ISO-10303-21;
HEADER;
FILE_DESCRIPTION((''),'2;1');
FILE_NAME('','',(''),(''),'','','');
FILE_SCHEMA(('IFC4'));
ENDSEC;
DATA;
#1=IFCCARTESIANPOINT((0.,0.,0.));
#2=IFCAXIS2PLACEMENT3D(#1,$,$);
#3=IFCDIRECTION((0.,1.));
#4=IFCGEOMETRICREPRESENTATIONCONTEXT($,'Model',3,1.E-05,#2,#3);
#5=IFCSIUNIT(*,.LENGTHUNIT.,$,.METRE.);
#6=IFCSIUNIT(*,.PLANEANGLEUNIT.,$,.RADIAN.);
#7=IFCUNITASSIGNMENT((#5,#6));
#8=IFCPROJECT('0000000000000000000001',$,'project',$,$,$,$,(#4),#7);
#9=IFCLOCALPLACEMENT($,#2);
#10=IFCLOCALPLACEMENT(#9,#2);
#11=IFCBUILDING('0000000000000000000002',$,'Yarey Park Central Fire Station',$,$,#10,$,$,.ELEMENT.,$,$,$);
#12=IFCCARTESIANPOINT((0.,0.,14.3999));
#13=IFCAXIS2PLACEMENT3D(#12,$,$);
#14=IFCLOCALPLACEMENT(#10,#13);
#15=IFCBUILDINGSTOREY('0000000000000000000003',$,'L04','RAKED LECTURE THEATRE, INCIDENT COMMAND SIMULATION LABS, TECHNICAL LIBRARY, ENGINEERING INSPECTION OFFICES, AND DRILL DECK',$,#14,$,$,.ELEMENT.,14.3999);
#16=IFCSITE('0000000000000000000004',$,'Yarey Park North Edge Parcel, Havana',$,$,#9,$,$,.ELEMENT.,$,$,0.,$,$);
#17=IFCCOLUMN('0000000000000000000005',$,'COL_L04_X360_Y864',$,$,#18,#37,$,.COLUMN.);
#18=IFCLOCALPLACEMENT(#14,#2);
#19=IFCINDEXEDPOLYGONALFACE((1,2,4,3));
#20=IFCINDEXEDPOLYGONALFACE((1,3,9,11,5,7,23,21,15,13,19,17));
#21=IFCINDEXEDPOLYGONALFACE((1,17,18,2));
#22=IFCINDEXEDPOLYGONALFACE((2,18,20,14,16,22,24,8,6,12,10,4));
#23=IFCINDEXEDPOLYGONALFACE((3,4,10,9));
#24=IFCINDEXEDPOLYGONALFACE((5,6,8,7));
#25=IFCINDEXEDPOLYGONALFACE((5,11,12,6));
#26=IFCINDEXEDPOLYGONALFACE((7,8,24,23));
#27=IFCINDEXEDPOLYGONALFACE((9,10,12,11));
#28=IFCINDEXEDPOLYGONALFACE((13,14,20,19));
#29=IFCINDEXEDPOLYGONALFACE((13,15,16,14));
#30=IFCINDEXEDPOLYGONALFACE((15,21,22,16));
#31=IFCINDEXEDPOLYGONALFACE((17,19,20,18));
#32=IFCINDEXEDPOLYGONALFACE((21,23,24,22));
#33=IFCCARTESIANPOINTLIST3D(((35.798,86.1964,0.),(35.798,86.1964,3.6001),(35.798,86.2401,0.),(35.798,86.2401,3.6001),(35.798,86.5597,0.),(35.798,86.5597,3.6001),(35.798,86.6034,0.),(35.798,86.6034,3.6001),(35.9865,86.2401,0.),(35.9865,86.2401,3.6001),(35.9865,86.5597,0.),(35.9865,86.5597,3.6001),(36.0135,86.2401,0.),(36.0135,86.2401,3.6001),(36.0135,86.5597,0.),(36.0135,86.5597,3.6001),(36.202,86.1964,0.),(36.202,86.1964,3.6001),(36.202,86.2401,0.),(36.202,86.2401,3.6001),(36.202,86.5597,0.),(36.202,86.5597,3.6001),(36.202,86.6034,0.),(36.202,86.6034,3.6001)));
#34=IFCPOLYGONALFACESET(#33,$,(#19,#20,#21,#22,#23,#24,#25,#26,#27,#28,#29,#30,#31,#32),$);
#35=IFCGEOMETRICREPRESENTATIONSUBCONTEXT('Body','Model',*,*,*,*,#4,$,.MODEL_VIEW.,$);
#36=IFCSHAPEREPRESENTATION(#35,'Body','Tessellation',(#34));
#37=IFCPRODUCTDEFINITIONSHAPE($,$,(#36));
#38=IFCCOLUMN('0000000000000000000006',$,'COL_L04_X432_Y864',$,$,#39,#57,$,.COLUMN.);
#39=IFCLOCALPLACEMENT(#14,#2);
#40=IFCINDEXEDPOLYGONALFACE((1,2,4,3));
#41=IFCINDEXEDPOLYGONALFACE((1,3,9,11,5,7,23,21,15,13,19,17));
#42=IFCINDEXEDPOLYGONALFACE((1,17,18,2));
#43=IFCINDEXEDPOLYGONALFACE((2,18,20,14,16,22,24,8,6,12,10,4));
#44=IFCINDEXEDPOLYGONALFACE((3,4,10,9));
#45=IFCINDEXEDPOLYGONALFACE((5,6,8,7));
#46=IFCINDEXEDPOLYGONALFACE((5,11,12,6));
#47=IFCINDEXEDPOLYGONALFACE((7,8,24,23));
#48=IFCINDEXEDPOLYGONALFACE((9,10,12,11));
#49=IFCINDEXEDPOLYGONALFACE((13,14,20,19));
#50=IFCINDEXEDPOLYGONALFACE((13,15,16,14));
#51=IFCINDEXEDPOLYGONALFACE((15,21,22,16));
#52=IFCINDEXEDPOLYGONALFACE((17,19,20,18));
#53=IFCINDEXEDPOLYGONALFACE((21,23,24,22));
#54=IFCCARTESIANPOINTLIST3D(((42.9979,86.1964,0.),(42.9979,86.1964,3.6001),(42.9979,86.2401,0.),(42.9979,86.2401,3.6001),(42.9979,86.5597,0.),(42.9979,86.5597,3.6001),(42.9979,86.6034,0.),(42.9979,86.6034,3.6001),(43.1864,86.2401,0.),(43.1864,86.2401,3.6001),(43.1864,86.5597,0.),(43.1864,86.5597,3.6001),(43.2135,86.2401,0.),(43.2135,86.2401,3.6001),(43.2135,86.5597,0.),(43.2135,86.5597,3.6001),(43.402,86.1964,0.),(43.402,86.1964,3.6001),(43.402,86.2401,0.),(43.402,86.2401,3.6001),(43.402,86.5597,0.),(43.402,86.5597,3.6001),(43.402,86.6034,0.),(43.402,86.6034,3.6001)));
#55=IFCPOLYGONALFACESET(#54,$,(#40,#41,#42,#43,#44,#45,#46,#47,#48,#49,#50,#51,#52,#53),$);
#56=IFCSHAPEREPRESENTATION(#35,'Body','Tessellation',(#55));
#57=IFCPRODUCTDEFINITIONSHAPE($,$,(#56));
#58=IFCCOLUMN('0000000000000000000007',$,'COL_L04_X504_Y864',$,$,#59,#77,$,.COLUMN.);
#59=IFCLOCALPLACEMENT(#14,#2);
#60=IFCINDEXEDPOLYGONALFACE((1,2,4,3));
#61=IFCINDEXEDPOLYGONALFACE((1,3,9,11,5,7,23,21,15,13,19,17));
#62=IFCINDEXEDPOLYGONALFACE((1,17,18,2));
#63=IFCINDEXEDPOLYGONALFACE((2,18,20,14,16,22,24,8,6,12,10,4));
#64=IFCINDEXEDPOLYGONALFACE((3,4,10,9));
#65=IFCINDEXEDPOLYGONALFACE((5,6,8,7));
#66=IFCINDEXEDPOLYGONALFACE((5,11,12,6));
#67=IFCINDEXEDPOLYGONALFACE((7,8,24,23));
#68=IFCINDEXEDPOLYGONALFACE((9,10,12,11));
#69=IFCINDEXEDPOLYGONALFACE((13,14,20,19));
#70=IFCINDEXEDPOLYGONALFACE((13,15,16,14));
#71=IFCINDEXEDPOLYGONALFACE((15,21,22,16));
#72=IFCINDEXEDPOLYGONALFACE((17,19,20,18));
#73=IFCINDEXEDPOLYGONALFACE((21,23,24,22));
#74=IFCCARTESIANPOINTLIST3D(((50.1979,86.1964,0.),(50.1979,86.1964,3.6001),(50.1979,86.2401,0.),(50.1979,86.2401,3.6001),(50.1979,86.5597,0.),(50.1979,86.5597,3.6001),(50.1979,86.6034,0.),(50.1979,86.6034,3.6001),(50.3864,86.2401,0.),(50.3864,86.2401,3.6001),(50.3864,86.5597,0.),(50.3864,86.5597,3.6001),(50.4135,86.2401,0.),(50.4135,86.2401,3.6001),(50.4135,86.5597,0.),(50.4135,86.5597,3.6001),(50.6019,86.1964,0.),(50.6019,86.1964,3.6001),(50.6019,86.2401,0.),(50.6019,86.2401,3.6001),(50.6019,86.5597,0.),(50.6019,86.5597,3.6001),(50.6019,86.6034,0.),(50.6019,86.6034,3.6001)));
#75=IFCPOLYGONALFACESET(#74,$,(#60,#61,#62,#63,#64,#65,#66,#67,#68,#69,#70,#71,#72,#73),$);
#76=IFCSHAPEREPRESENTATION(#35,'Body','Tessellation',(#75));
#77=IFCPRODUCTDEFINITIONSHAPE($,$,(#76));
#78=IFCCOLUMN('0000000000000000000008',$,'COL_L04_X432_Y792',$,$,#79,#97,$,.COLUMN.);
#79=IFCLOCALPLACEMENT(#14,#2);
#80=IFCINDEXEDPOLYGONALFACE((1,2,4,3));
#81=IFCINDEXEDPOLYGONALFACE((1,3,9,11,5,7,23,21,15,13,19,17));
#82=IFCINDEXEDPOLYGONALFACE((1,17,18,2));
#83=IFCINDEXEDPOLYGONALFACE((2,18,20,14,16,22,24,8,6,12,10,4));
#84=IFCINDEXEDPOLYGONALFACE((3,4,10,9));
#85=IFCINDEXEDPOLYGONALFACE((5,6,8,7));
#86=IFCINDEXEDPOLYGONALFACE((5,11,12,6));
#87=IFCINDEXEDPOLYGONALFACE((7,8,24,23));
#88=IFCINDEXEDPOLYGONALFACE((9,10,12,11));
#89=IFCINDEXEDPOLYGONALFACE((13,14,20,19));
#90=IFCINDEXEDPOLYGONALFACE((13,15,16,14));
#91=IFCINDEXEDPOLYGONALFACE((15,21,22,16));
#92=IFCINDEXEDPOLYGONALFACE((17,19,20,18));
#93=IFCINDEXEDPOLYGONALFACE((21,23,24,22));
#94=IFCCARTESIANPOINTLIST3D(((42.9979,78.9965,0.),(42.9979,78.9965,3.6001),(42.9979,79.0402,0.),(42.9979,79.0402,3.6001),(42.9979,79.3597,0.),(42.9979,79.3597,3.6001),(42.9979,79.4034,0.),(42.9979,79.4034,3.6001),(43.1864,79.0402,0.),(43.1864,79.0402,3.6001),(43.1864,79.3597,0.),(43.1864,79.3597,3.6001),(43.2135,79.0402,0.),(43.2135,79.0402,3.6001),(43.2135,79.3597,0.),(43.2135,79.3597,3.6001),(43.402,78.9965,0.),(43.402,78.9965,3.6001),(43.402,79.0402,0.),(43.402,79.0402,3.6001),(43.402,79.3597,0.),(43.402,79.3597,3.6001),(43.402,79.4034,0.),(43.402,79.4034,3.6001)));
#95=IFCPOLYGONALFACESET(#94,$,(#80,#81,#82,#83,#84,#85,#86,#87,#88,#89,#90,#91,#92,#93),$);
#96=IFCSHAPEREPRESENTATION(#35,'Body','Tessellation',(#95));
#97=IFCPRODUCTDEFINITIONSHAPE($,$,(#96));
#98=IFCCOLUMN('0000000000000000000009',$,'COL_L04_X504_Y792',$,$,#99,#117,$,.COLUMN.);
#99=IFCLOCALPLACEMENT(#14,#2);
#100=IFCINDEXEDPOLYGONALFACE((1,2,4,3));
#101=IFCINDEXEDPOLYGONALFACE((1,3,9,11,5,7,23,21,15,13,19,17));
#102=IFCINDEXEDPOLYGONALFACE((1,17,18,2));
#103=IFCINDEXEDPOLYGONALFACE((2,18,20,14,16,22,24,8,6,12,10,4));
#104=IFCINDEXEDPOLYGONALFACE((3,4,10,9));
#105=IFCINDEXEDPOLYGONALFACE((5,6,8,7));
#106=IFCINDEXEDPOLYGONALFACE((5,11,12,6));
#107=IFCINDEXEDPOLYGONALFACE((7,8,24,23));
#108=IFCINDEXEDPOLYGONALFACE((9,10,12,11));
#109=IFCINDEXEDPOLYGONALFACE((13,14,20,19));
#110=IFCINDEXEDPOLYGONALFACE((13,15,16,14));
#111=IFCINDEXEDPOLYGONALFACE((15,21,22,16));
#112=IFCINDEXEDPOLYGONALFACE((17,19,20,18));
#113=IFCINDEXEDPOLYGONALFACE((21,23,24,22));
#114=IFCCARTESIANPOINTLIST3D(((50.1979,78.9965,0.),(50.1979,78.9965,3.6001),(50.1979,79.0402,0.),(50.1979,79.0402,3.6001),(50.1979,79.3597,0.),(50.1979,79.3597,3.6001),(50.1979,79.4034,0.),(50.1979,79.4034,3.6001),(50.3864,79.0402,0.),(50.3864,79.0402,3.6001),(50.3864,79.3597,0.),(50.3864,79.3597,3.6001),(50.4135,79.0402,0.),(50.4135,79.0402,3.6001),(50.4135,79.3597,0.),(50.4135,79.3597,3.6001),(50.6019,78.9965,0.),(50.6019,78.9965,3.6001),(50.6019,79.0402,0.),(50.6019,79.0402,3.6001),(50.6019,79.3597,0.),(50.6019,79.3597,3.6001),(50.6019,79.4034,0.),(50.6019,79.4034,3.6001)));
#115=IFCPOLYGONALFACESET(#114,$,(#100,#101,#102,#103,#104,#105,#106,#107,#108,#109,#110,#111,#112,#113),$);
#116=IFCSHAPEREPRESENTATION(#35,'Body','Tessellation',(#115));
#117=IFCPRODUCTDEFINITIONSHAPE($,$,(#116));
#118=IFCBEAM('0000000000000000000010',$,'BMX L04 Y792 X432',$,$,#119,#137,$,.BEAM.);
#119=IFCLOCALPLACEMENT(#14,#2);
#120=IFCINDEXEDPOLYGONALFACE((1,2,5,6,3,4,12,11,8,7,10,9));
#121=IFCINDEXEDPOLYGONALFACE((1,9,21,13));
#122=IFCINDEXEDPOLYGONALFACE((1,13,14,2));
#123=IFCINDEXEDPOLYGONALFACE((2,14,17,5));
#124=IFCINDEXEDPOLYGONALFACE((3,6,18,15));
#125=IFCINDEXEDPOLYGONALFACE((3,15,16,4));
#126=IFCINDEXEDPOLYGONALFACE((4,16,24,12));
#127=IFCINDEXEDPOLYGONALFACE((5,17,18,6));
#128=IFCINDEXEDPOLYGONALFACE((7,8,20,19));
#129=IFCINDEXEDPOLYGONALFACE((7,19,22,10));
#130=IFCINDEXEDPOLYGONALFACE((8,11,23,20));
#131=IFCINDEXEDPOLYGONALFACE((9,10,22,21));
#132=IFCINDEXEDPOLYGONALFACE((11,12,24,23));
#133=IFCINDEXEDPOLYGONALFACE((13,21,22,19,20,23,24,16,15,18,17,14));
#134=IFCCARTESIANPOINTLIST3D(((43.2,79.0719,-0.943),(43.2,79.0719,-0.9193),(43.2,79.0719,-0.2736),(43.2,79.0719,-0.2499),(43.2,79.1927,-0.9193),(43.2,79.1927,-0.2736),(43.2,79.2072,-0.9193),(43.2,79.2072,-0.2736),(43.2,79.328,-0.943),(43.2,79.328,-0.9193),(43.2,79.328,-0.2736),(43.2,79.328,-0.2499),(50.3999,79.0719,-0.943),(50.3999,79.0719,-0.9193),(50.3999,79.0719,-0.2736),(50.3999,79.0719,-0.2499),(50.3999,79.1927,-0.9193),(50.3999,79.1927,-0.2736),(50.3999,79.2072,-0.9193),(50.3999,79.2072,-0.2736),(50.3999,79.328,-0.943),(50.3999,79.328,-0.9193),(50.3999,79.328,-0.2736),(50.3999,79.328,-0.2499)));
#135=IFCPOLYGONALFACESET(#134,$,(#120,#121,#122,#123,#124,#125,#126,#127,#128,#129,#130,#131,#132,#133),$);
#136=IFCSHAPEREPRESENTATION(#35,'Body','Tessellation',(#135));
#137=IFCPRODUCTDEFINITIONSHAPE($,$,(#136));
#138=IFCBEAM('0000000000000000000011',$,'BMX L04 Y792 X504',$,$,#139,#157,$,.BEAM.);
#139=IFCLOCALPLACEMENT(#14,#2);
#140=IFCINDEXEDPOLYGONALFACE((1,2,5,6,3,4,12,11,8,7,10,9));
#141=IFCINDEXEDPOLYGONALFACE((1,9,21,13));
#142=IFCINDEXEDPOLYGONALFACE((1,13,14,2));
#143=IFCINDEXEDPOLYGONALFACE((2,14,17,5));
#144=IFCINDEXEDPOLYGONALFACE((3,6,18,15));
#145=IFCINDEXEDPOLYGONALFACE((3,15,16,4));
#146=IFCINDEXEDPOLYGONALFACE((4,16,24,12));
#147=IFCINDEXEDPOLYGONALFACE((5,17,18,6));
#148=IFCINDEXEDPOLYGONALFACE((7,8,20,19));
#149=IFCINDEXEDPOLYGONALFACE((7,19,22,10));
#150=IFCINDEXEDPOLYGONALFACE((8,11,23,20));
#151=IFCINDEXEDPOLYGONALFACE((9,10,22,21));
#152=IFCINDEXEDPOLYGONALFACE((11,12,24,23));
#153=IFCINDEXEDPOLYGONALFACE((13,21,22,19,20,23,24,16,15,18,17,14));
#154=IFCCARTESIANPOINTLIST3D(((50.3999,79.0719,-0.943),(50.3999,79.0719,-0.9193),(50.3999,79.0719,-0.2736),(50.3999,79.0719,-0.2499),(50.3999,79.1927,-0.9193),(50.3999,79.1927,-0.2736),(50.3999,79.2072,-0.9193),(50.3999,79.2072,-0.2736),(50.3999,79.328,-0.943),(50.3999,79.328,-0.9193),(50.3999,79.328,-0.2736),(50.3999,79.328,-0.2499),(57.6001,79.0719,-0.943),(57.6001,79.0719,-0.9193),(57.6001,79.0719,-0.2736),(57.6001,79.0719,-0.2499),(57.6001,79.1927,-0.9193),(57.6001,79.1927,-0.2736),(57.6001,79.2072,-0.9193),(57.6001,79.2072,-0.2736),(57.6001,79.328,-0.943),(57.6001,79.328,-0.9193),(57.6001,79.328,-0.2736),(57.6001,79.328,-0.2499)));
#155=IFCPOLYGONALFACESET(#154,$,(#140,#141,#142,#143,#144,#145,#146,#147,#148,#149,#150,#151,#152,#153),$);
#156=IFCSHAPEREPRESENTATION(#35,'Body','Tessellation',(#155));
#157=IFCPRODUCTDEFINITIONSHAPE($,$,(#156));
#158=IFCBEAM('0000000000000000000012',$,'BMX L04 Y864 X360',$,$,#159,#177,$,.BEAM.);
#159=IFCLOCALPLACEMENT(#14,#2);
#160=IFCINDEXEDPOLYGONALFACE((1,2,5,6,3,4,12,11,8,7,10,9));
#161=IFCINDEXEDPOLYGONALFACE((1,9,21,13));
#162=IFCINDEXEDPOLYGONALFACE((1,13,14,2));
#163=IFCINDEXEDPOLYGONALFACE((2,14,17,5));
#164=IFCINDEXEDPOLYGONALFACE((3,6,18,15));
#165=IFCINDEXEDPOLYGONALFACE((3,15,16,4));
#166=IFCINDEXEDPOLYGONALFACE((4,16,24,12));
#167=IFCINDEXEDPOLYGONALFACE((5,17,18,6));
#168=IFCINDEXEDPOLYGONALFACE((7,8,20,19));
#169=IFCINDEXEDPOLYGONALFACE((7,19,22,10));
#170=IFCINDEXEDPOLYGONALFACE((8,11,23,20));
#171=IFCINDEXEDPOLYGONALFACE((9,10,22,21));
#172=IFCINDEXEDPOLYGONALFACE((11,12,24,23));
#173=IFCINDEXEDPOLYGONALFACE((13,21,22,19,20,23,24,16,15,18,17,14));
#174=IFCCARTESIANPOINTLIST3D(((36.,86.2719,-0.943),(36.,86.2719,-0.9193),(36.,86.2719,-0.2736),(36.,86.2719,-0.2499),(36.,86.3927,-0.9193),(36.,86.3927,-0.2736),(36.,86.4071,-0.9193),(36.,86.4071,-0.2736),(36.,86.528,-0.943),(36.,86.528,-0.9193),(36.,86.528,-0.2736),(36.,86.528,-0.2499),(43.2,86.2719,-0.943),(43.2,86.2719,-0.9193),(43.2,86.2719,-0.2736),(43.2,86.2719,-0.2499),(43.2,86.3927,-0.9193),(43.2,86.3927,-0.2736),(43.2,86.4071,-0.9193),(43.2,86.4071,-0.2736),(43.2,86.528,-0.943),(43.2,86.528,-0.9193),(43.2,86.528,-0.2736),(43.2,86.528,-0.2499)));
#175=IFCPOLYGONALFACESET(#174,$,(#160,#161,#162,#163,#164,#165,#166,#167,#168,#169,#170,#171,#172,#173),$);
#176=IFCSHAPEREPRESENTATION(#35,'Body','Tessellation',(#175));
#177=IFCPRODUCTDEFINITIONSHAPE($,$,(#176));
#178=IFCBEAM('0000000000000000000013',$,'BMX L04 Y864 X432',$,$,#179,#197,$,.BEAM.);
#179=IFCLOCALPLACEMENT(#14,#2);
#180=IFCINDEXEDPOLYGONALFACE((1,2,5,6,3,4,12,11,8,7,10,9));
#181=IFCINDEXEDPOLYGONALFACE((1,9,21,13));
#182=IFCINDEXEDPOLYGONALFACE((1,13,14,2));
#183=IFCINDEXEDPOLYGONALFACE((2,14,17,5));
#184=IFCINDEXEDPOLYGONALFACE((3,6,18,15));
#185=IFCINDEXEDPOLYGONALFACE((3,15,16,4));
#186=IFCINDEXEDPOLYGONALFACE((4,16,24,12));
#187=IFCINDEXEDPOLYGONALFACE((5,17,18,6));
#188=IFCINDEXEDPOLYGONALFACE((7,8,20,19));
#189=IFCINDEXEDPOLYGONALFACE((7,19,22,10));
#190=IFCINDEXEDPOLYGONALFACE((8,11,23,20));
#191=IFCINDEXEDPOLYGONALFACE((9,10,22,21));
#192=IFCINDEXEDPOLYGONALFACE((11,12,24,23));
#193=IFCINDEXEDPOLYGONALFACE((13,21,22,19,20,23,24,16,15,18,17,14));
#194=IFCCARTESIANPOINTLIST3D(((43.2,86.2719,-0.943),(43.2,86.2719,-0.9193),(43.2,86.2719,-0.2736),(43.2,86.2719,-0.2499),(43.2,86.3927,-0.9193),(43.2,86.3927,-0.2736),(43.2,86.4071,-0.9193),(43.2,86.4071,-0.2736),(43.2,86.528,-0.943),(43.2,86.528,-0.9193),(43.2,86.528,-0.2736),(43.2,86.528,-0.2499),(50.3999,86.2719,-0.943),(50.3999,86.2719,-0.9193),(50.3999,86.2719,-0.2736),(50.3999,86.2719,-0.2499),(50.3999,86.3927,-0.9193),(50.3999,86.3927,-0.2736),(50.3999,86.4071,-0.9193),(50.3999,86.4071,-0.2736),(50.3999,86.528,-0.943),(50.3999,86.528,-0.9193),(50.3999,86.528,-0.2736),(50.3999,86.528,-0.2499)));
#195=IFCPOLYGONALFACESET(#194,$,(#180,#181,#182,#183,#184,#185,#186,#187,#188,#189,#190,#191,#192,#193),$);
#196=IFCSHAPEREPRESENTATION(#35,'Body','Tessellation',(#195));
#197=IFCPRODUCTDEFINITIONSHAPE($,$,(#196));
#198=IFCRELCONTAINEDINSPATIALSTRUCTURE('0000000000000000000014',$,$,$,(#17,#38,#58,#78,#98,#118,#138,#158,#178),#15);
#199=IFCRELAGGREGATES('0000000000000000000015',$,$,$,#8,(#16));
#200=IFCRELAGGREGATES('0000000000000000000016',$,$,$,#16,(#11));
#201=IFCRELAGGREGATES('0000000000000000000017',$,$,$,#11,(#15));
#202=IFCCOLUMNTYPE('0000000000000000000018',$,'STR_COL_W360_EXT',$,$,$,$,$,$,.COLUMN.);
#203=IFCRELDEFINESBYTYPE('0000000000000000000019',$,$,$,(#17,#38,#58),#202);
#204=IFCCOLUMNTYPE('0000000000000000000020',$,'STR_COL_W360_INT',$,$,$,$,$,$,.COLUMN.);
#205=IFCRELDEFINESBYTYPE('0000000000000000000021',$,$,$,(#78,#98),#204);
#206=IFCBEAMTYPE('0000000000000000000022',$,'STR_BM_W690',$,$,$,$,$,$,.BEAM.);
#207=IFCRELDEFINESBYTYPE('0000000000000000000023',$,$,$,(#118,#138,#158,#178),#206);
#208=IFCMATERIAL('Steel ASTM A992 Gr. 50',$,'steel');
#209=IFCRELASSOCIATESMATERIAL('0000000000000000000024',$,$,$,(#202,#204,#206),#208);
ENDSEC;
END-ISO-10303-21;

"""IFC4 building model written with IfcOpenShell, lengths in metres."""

from ifc_helpers import new_model, si_unit, direction, frame, origin, origin_2d, place, context, subcontext, project, spatial, i_section, extrude, material, material_profile, profile_set, type_object, element, save


model = new_model("IFC4")

# Units and contexts
model_context = context("Model", 3, precision=1e-05, world=origin(), true_north=direction((0.0, 1.0)))
body_context = subcontext(model_context, "Body", "Model", "MODEL_VIEW")
ifc_project = project(units=[si_unit("LENGTHUNIT", "METRE"), si_unit("PLANEANGLEUNIT", "RADIAN")], contexts=[model_context])

# Site, building, storey
site_placement = place(None, origin())
site = spatial("IfcSite", under=ifc_project, at=site_placement, Name="Yarey Park North Edge Parcel, Havana", CompositionType="ELEMENT", RefElevation=0.0)
building_placement = place(site_placement, origin())
building = spatial("IfcBuilding", under=site, at=building_placement, Name="Yarey Park Central Fire Station", CompositionType="ELEMENT")
storey_placement = place(building_placement, frame((0.0, 0.0, 14.3999)))
storey = spatial("IfcBuildingStorey", under=building, at=storey_placement, Name="L04", Description="RAKED LECTURE THEATRE, INCIDENT COMMAND SIMULATION LABS, TECHNICAL LIBRARY, ENGINEERING INSPECTION OFFICES, AND DRILL DECK", CompositionType="ELEMENT", Elevation=14.3999)

# Columns
ifc_material_1 = material(Name="Steel ASTM A992 Gr. 50", Category="steel")
ifc_material_profile_1 = material_profile(ifc_material_1, i_section(OverallWidth=0.4041, OverallDepth=0.407, WebThickness=0.0271, FlangeThickness=0.0437, at=origin_2d()), Name="W360x347")
ifc_profile_set_1 = profile_set([ifc_material_profile_1], Name="Steel ASTM A992 Gr. 50")
column_type_1 = type_object("IfcColumnType", Name="STR_COL_W360_EXT", PredefinedType="COLUMN", material=ifc_profile_set_1)
for number, where, z_axis, x_axis, name in (
    (1, (36.0, 86.3999, 0.0), (0.0, 0.0, 1.0), (1.0, 0.0, 0.0), "COL_L04_X360_Y864"),
    (2, (43.2, 86.3999, 0.0), (0.0, 0.0, 1.0), (1.0, 0.0, 0.0), "COL_L04_X432_Y864"),
    (3, (50.3999, 86.3999, 0.0), (0.0, 0.0, 1.0), (1.0, 0.0, 0.0), "COL_L04_X504_Y864"),
):
    element("IfcColumn", number, at=place(storey_placement, frame(where, z_axis=z_axis, x_axis=x_axis)), inside=storey, type_object=column_type_1, Name=name, PredefinedType="COLUMN", context=body_context, shape_type="SweptSolid", body=[
        extrude(i_section(OverallWidth=0.4041, OverallDepth=0.407, WebThickness=0.0271, FlangeThickness=0.0437, at=origin_2d()), origin(), (0.0, 0.0, 1.0), 3.6001),
    ])
ifc_material_profile_2 = material_profile(ifc_material_1, i_section(OverallWidth=0.4041, OverallDepth=0.407, WebThickness=0.0271, FlangeThickness=0.0437, at=origin_2d()), Name="W360x347")
ifc_profile_set_2 = profile_set([ifc_material_profile_2], Name="Steel ASTM A992 Gr. 50")
column_type_2 = type_object("IfcColumnType", Name="STR_COL_W360_INT", PredefinedType="COLUMN", material=ifc_profile_set_2)
for number, where, z_axis, x_axis, name in (
    (4, (43.2, 79.2, 0.0), (0.0, 0.0, 1.0), (1.0, 0.0, 0.0), "COL_L04_X432_Y792"),
    (5, (50.3999, 79.2, 0.0), (0.0, 0.0, 1.0), (1.0, 0.0, 0.0), "COL_L04_X504_Y792"),
):
    element("IfcColumn", number, at=place(storey_placement, frame(where, z_axis=z_axis, x_axis=x_axis)), inside=storey, type_object=column_type_2, Name=name, PredefinedType="COLUMN", context=body_context, shape_type="SweptSolid", body=[
        extrude(i_section(OverallWidth=0.4041, OverallDepth=0.407, WebThickness=0.0271, FlangeThickness=0.0437, at=origin_2d()), origin(), (0.0, 0.0, 1.0), 3.6001),
    ])

# Beams
ifc_material_profile_3 = material_profile(ifc_material_1, i_section(OverallWidth=0.2561, OverallDepth=0.6931, WebThickness=0.0144, FlangeThickness=0.0237, at=origin_2d()), Name="W690x170")
ifc_profile_set_3 = profile_set([ifc_material_profile_3], Name="Steel ASTM A992 Gr. 50")
beam_type_1 = type_object("IfcBeamType", Name="STR_BM_W690", PredefinedType="BEAM", material=ifc_profile_set_3)
beam_1_placement = place(storey_placement, frame((43.2, 79.2, -0.5964), z_axis=(1.0, 0.0, 0.0), x_axis=(0.0, 1.0, 0.0)))
element("IfcBeam", 6, at=beam_1_placement, inside=storey, type_object=beam_type_1, Name="BMX L04 Y792 X432", PredefinedType="BEAM", context=body_context, shape_type="SweptSolid", body=[
    extrude(i_section(OverallWidth=0.2561, OverallDepth=0.6931, WebThickness=0.0144, FlangeThickness=0.0237, at=origin_2d()), origin(), (0.0, 0.0, 1.0), 7.2),
])
beam_2_placement = place(storey_placement, frame((50.3999, 79.2, -0.5964), z_axis=(1.0, 0.0, 0.0), x_axis=(0.0, 1.0, 0.0)))
element("IfcBeam", 7, at=beam_2_placement, inside=storey, type_object=beam_type_1, Name="BMX L04 Y792 X504", PredefinedType="BEAM", context=body_context, shape_type="SweptSolid", body=[
    extrude(i_section(OverallWidth=0.2561, OverallDepth=0.6931, WebThickness=0.0144, FlangeThickness=0.0237, at=origin_2d()), origin(), (0.0, 0.0, 1.0), 7.2002),
])
for number, where, z_axis, x_axis, name in (
    (8, (36.0, 86.3999, -0.5964), (1.0, 0.0, 0.0), (0.0, 1.0, 0.0), "BMX L04 Y864 X360"),
    (9, (43.2, 86.3999, -0.5964), (1.0, 0.0, 0.0), (0.0, 1.0, 0.0), "BMX L04 Y864 X432"),
):
    element("IfcBeam", number, at=place(storey_placement, frame(where, z_axis=z_axis, x_axis=x_axis)), inside=storey, type_object=beam_type_1, Name=name, PredefinedType="BEAM", context=body_context, shape_type="SweptSolid", body=[
        extrude(i_section(OverallWidth=0.2561, OverallDepth=0.6931, WebThickness=0.0144, FlangeThickness=0.0237, at=origin_2d()), origin(), (0.0, 0.0, 1.0), 7.2),
    ])

save(model, "model.ifc")
